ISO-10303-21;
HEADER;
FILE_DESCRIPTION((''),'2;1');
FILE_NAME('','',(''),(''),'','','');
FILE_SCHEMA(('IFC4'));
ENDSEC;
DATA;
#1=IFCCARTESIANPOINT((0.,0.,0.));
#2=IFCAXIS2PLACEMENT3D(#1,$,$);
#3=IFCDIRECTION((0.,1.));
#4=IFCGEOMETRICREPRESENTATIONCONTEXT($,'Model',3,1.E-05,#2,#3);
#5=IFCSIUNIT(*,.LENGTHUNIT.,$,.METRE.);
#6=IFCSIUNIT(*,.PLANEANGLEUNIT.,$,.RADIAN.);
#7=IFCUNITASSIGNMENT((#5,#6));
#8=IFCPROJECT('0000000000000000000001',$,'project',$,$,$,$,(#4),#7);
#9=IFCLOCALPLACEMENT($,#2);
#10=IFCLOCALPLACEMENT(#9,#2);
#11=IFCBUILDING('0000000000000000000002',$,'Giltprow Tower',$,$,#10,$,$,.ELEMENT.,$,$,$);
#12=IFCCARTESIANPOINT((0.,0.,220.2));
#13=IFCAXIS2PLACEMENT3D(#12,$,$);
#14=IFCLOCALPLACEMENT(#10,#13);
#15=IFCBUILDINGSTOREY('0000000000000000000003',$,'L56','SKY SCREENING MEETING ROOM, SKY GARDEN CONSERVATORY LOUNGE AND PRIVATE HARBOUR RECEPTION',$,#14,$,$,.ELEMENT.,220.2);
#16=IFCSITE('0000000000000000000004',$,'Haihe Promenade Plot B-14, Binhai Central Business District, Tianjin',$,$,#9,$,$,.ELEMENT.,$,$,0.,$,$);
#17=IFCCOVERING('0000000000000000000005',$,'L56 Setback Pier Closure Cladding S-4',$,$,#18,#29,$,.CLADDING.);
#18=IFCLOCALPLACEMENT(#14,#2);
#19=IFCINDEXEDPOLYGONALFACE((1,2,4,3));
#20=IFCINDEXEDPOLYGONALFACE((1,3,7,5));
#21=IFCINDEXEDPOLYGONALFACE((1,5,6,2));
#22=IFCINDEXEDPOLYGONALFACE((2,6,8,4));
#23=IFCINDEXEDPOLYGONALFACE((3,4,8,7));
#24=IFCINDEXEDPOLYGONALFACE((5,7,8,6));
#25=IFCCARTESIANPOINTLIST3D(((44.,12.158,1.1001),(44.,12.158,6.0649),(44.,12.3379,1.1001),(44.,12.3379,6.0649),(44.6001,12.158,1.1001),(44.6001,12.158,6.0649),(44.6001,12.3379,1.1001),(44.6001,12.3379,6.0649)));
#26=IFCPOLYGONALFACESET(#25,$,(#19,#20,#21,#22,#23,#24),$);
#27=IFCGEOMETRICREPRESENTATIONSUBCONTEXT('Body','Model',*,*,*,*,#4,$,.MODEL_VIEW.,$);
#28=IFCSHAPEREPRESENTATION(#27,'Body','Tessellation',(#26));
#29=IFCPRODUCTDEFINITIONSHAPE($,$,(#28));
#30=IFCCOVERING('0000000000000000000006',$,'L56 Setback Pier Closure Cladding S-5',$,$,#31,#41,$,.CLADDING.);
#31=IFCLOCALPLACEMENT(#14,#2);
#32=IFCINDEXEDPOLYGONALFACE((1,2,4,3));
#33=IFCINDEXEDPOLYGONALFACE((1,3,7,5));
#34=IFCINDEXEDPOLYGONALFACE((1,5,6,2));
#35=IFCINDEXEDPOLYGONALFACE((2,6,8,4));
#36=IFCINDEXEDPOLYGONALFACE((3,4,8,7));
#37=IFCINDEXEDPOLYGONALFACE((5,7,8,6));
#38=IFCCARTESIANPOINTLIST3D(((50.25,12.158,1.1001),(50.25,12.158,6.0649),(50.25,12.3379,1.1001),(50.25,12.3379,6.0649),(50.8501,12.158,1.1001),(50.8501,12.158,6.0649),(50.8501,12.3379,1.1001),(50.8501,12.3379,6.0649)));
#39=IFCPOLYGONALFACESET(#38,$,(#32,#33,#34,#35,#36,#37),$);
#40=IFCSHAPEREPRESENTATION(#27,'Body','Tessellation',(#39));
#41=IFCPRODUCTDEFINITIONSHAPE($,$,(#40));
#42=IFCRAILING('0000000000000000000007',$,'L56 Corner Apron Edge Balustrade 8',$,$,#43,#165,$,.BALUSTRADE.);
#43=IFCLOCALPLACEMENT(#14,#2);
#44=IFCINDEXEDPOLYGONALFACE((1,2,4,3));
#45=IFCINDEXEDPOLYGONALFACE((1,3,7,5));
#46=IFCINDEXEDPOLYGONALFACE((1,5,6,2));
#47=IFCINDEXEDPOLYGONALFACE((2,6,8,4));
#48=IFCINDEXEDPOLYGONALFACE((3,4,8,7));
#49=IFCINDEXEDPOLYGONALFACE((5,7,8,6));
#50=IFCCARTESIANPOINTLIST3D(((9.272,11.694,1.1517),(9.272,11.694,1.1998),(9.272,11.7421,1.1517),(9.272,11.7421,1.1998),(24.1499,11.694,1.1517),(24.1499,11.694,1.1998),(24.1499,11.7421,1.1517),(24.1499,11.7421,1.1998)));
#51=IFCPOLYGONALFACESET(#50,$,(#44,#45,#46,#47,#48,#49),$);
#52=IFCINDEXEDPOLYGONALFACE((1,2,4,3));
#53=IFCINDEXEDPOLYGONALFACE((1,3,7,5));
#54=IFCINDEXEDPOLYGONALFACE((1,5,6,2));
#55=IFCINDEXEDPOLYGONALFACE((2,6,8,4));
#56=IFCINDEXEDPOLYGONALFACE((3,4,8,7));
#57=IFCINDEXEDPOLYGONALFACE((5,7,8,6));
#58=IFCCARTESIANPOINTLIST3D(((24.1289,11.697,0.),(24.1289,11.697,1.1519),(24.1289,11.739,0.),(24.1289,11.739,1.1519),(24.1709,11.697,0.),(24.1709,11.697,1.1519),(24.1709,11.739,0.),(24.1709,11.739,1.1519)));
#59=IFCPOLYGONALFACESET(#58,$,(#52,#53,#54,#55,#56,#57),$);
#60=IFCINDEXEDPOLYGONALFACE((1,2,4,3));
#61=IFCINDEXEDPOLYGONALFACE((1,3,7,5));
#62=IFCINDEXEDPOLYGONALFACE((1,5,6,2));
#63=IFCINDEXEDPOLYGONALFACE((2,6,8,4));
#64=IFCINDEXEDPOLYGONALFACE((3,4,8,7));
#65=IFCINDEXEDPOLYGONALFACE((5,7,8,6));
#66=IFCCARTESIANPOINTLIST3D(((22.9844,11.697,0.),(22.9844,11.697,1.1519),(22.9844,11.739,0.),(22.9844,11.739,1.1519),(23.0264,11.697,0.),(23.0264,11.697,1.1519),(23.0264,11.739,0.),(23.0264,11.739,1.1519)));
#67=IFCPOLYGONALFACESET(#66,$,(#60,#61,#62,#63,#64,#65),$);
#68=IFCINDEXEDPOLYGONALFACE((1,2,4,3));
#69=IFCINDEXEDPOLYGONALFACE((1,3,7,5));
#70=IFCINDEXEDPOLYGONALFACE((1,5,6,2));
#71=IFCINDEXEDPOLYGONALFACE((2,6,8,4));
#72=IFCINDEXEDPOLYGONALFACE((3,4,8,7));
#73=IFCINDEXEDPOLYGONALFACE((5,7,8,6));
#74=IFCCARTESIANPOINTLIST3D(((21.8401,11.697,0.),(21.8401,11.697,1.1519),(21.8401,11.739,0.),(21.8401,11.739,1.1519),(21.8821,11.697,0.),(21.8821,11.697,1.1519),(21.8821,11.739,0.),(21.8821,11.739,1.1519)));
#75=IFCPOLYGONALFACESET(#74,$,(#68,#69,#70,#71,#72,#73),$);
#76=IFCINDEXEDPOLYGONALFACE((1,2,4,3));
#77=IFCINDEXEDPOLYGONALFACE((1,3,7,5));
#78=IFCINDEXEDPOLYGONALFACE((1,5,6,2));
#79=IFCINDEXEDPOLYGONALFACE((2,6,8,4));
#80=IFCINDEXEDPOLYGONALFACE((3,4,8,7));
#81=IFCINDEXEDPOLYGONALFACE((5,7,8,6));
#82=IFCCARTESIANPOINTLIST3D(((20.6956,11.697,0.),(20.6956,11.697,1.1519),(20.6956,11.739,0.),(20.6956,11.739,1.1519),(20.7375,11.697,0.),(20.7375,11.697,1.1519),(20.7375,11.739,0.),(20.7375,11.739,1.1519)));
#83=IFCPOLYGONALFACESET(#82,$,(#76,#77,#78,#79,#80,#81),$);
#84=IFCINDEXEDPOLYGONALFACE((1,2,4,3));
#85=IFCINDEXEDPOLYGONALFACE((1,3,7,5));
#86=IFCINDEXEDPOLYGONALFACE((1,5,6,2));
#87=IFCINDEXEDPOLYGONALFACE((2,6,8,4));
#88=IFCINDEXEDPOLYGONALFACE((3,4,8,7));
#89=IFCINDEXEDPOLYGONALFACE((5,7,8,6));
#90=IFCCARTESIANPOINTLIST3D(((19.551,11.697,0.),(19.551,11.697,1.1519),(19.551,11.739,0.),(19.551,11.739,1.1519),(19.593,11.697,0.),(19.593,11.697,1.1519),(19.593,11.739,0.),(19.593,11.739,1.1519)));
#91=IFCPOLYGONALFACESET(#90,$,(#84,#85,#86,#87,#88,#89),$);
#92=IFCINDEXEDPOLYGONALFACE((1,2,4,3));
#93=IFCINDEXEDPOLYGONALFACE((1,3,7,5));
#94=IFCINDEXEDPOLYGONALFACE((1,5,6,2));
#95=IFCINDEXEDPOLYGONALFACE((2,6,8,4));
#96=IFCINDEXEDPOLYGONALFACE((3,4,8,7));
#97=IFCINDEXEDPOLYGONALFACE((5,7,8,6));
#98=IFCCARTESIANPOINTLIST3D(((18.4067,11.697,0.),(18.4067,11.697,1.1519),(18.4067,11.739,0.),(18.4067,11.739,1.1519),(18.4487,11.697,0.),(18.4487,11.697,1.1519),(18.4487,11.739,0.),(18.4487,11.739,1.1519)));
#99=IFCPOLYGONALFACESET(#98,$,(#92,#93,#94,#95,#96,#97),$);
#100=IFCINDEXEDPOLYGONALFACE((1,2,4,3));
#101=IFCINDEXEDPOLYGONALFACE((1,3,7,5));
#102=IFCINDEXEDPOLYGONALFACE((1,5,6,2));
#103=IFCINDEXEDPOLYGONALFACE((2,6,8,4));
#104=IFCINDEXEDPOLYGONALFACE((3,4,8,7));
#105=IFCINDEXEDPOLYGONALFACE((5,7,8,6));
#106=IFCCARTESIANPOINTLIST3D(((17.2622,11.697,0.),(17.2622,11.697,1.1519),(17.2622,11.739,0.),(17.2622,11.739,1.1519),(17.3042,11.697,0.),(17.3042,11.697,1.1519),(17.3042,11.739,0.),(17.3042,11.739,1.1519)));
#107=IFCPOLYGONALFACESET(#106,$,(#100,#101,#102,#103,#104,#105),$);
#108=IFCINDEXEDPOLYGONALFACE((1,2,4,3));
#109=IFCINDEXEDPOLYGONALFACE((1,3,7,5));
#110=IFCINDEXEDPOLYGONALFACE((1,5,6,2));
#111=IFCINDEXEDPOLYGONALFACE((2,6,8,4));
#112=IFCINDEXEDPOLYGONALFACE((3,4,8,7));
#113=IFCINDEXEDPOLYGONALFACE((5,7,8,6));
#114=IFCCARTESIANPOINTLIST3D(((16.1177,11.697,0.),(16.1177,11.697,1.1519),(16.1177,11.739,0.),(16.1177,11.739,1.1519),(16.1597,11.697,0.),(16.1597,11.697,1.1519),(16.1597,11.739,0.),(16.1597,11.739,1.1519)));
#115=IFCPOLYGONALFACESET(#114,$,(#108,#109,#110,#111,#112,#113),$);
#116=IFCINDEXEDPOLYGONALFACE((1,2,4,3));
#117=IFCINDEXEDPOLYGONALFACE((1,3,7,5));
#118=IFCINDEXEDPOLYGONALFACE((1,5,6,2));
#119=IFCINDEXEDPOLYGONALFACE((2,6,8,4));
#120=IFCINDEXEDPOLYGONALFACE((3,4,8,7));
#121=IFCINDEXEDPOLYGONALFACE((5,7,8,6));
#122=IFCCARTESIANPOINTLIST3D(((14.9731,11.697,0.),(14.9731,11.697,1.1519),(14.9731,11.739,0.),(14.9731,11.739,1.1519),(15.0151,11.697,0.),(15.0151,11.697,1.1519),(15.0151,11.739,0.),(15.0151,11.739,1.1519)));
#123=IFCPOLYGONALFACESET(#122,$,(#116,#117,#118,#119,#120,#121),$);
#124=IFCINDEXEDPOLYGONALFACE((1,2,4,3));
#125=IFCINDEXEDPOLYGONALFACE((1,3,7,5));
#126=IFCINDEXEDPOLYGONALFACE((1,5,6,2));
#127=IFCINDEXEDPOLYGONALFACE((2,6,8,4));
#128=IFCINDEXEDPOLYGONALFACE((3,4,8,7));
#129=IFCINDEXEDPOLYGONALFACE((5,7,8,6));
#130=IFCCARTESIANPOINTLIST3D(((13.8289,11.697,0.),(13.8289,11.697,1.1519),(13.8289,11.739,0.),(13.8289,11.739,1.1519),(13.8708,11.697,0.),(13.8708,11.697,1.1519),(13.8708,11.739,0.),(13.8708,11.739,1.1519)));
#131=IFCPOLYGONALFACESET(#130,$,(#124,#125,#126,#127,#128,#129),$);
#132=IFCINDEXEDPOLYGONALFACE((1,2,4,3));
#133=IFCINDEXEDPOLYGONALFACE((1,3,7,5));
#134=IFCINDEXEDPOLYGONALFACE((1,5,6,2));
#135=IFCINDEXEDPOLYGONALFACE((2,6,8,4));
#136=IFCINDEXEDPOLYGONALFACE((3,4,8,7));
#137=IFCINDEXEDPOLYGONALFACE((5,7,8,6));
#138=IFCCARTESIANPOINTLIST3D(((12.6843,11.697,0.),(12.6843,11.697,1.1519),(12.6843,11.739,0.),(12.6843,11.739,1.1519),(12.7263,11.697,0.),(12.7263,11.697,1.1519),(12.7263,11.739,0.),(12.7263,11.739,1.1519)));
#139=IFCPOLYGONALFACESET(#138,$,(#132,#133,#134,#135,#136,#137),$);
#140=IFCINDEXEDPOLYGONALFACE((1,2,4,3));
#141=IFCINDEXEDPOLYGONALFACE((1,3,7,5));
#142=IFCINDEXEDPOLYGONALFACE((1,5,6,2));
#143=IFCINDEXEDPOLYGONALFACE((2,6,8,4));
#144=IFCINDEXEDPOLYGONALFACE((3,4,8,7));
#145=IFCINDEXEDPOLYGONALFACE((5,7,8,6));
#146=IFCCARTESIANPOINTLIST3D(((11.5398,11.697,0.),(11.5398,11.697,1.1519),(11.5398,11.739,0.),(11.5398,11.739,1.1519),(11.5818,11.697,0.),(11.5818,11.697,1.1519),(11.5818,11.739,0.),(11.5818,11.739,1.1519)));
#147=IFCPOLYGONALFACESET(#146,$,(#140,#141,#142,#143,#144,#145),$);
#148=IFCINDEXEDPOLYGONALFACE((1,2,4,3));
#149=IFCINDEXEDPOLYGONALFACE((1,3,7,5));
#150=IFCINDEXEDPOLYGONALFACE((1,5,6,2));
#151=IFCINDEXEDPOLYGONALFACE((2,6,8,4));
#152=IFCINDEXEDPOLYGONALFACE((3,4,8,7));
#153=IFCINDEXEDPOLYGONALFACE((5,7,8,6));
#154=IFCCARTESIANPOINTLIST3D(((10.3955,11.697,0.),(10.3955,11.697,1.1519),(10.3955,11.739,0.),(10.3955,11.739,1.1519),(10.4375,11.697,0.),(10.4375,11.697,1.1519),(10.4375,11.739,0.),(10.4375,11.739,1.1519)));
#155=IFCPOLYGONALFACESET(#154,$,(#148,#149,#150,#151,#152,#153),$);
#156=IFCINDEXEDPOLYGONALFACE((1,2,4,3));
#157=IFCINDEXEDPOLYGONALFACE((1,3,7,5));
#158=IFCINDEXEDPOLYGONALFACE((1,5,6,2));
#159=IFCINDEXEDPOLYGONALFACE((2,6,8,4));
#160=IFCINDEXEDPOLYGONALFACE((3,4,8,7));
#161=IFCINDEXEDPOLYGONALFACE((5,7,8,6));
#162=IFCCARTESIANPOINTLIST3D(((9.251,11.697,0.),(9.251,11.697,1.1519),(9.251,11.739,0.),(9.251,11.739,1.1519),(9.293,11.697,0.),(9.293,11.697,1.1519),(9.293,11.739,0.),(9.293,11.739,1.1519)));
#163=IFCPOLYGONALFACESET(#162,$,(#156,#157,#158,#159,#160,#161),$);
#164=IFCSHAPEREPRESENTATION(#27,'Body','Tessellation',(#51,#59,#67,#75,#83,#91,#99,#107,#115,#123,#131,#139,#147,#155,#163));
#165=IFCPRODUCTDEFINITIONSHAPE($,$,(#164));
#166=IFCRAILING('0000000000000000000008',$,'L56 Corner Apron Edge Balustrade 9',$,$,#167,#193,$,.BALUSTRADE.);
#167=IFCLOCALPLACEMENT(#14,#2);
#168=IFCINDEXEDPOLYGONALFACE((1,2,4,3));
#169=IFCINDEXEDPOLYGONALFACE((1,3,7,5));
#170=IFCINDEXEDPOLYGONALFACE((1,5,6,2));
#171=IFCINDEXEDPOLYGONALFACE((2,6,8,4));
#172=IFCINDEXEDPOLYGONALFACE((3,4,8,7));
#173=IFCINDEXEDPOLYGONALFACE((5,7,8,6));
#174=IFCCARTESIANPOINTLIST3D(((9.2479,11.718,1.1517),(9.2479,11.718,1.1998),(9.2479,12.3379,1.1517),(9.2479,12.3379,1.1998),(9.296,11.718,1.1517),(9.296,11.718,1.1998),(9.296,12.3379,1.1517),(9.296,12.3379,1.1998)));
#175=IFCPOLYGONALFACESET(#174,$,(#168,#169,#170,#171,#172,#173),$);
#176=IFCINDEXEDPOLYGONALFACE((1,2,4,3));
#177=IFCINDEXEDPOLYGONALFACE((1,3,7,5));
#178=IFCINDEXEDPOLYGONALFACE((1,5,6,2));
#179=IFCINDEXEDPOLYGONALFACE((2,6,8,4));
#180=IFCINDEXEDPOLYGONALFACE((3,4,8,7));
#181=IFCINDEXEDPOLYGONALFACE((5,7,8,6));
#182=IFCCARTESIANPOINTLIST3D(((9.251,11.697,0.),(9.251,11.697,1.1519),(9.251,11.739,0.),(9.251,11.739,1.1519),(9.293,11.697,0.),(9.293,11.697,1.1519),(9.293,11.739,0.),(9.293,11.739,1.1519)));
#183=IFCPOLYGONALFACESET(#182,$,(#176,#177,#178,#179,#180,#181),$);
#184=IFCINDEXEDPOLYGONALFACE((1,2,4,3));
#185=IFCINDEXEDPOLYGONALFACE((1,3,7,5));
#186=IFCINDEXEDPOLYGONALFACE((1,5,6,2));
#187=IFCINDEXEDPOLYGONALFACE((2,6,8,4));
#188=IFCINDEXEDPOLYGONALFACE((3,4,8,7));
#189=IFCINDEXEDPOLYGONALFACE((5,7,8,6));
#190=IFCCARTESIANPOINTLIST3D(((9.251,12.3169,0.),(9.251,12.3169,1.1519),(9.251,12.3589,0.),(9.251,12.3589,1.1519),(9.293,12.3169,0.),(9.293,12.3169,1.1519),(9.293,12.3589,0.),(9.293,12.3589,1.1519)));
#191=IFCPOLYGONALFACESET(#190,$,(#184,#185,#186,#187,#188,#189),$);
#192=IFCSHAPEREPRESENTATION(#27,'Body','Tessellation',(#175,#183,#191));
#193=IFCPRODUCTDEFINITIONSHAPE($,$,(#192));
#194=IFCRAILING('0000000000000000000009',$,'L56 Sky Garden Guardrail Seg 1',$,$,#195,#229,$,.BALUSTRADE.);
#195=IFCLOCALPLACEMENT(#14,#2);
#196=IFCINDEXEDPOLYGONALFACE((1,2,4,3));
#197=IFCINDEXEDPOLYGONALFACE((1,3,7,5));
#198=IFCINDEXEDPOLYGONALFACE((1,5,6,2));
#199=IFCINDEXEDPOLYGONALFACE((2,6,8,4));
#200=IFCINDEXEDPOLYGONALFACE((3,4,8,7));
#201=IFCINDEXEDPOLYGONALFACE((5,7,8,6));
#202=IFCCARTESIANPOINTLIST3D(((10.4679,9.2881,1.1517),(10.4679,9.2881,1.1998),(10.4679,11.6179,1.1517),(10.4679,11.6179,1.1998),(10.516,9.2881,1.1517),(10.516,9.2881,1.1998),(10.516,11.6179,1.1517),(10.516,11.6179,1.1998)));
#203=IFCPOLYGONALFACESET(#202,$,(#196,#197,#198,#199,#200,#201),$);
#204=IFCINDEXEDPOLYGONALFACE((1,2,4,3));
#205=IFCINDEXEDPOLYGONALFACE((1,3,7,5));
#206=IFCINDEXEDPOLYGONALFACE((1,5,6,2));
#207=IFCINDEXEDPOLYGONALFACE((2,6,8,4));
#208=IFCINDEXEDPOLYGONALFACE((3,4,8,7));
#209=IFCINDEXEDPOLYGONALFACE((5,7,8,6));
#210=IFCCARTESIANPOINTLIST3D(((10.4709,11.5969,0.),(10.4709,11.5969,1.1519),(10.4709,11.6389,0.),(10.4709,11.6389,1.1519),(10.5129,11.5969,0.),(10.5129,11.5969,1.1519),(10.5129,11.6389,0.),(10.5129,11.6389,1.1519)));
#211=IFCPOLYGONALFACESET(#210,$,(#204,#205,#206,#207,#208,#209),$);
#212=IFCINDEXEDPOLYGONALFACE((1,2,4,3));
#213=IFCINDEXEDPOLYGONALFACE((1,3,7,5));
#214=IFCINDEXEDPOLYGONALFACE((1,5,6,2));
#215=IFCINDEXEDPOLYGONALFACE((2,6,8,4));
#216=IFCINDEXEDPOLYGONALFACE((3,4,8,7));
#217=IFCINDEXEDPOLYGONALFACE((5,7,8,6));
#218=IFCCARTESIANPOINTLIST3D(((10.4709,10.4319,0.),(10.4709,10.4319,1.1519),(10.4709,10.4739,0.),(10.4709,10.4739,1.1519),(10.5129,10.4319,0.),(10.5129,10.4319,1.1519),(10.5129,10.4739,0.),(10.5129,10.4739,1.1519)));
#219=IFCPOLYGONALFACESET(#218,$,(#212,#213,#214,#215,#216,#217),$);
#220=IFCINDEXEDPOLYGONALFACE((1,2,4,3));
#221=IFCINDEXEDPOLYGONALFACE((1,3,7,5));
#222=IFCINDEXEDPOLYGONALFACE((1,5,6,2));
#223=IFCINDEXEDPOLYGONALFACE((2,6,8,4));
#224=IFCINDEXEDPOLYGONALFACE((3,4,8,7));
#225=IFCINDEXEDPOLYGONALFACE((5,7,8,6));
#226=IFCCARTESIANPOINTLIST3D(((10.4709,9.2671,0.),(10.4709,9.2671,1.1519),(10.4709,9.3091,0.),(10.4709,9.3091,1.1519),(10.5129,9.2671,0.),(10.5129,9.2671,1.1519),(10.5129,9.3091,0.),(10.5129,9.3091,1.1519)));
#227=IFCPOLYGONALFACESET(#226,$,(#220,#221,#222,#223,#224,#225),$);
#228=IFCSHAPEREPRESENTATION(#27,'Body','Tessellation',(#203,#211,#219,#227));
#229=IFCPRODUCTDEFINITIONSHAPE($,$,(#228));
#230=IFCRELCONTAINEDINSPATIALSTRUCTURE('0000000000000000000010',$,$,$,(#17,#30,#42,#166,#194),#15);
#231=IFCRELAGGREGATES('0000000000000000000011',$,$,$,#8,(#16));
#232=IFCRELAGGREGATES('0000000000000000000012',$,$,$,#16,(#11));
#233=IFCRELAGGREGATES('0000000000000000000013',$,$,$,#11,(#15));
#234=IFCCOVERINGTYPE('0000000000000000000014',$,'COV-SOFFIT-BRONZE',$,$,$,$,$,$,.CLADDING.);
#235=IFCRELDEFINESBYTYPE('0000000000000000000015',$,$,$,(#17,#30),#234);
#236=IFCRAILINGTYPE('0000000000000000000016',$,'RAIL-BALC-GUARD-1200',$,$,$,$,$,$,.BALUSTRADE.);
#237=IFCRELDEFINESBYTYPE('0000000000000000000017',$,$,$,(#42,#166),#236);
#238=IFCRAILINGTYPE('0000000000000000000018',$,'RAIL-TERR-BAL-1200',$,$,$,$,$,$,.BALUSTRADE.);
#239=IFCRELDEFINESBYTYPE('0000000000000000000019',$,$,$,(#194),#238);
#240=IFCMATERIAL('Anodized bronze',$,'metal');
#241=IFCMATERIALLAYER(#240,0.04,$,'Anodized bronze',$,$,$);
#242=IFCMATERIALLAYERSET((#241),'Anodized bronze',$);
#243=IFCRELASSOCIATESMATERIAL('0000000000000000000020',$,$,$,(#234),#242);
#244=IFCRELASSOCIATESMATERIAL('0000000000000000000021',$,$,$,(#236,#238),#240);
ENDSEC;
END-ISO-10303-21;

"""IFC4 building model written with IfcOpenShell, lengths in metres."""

from ifc_helpers import new_model, si_unit, direction, frame, origin, origin_2d, place, context, subcontext, project, spatial, polyline, rectangle, outline, extrude, material, layer, layer_set, type_object, element, save


model = new_model("IFC4")

# Units and contexts
model_context = context("Model", 3, precision=1e-05, world=origin(), true_north=direction((0.0, 1.0)))
body_context = subcontext(model_context, "Body", "Model", "MODEL_VIEW")
ifc_project = project(units=[si_unit("LENGTHUNIT", "METRE"), si_unit("PLANEANGLEUNIT", "RADIAN")], contexts=[model_context])

# Site, building, storey
site_placement = place(None, origin())
site = spatial("IfcSite", under=ifc_project, at=site_placement, Name="Haihe Promenade Plot B-14, Binhai Central Business District, Tianjin", CompositionType="ELEMENT", RefElevation=0.0)
building_placement = place(site_placement, origin())
building = spatial("IfcBuilding", under=site, at=building_placement, Name="Giltprow Tower", CompositionType="ELEMENT")
storey_placement = place(building_placement, frame((0.0, 0.0, 220.2)))
storey = spatial("IfcBuildingStorey", under=building, at=storey_placement, Name="L56", Description="SKY SCREENING MEETING ROOM, SKY GARDEN CONSERVATORY LOUNGE AND PRIVATE HARBOUR RECEPTION", CompositionType="ELEMENT", Elevation=220.2)

# Shared definitions
ifc_material_1 = material(Name="Anodized bronze", Category="metal")

# Coverings
ifc_layer_1 = layer(ifc_material_1, 0.04, Name="Anodized bronze")
ifc_layer_set_1 = layer_set([ifc_layer_1], Name="Anodized bronze")
covering_type = type_object("IfcCoveringType", Name="COV-SOFFIT-BRONZE", PredefinedType="CLADDING", material=ifc_layer_set_1)
covering_1_placement = place(storey_placement, frame((0.0, 0.0, 1.1001)))
element("IfcCovering", 1, at=covering_1_placement, inside=storey, type_object=covering_type, Name="L56 Setback Pier Closure Cladding S-4", PredefinedType="CLADDING", context=body_context, shape_type="SweptSolid", body=[
    extrude(outline(polyline([(44.0, 12.158), (44.6001, 12.158), (44.6001, 12.3379), (44.0, 12.3379), (44.0, 12.158)])), origin(), (0.0, 0.0, 1.0), 4.9648),
])
covering_2_placement = place(storey_placement, frame((0.0, 0.0, 1.1001)))
element("IfcCovering", 2, at=covering_2_placement, inside=storey, type_object=covering_type, Name="L56 Setback Pier Closure Cladding S-5", PredefinedType="CLADDING", context=body_context, shape_type="SweptSolid", body=[
    extrude(outline(polyline([(50.25, 12.158), (50.8501, 12.158), (50.8501, 12.3379), (50.25, 12.3379), (50.25, 12.158)])), origin(), (0.0, 0.0, 1.0), 4.9648),
])

# Railings
railing_type_1 = type_object("IfcRailingType", Name="RAIL-BALC-GUARD-1200", PredefinedType="BALUSTRADE", material=ifc_material_1)
railing_1_placement = place(storey_placement, frame((24.1499, 11.718, 0.0)))
element("IfcRailing", 3, at=railing_1_placement, inside=storey, type_object=railing_type_1, Name="L56 Corner Apron Edge Balustrade 8", PredefinedType="BALUSTRADE", context=body_context, shape_type="SweptSolid", body=[
    extrude(rectangle(XDim=0.0481, YDim=0.0481, at=origin_2d()), frame((0.0, 0.0, 1.1758), z_axis=(-1.0, 0.0, 0.0), x_axis=(0.0, -1.0, 0.0)), (0.0, 0.0, 1.0), 14.8779),
    extrude(rectangle(XDim=0.042, YDim=0.042, at=origin_2d()), origin(), (0.0, 0.0, 1.0), 1.1519),
    extrude(rectangle(XDim=0.042, YDim=0.042, at=origin_2d()), frame((-1.1445, 0.0, 0.0)), (0.0, 0.0, 1.0), 1.1519),
    extrude(rectangle(XDim=0.042, YDim=0.042, at=origin_2d()), frame((-2.2888, 0.0, 0.0)), (0.0, 0.0, 1.0), 1.1519),
    extrude(rectangle(XDim=0.042, YDim=0.042, at=origin_2d()), frame((-3.4333, 0.0, 0.0)), (0.0, 0.0, 1.0), 1.1519),
    extrude(rectangle(XDim=0.042, YDim=0.042, at=origin_2d()), frame((-4.5779, 0.0, 0.0)), (0.0, 0.0, 1.0), 1.1519),
    extrude(rectangle(XDim=0.042, YDim=0.042, at=origin_2d()), frame((-5.7222, 0.0, 0.0)), (0.0, 0.0, 1.0), 1.1519),
    extrude(rectangle(XDim=0.042, YDim=0.042, at=origin_2d()), frame((-6.8667, 0.0, 0.0)), (0.0, 0.0, 1.0), 1.1519),
    extrude(rectangle(XDim=0.042, YDim=0.042, at=origin_2d()), frame((-8.0112, 0.0, 0.0)), (0.0, 0.0, 1.0), 1.1519),
    extrude(rectangle(XDim=0.042, YDim=0.042, at=origin_2d()), frame((-9.1558, 0.0, 0.0)), (0.0, 0.0, 1.0), 1.1519),
    extrude(rectangle(XDim=0.042, YDim=0.042, at=origin_2d()), frame((-10.3, 0.0, 0.0)), (0.0, 0.0, 1.0), 1.1519),
    extrude(rectangle(XDim=0.042, YDim=0.042, at=origin_2d()), frame((-11.4446, 0.0, 0.0)), (0.0, 0.0, 1.0), 1.1519),
    extrude(rectangle(XDim=0.042, YDim=0.042, at=origin_2d()), frame((-12.5891, 0.0, 0.0)), (0.0, 0.0, 1.0), 1.1519),
    extrude(rectangle(XDim=0.042, YDim=0.042, at=origin_2d()), frame((-13.7334, 0.0, 0.0)), (0.0, 0.0, 1.0), 1.1519),
    extrude(rectangle(XDim=0.042, YDim=0.042, at=origin_2d()), frame((-14.8779, 0.0, 0.0)), (0.0, 0.0, 1.0), 1.1519),
])
railing_2_placement = place(storey_placement, frame((9.272, 11.718, 0.0)))
element("IfcRailing", 4, at=railing_2_placement, inside=storey, type_object=railing_type_1, Name="L56 Corner Apron Edge Balustrade 9", PredefinedType="BALUSTRADE", context=body_context, shape_type="SweptSolid", body=[
    extrude(rectangle(XDim=0.0481, YDim=0.0481, at=origin_2d()), frame((0.0, 0.0, 1.1758), z_axis=(0.0, 1.0, 0.0), x_axis=(-1.0, 0.0, 0.0)), (0.0, 0.0, 1.0), 0.6199),
    extrude(rectangle(XDim=0.042, YDim=0.042, at=origin_2d()), origin(), (0.0, 0.0, 1.0), 1.1519),
    extrude(rectangle(XDim=0.042, YDim=0.042, at=origin_2d()), frame((0.0, 0.6199, 0.0)), (0.0, 0.0, 1.0), 1.1519),
])
railing_type_2 = type_object("IfcRailingType", Name="RAIL-TERR-BAL-1200", PredefinedType="BALUSTRADE", material=ifc_material_1)
railing_3_placement = place(storey_placement, frame((10.4919, 11.6179, 0.0)))
element("IfcRailing", 5, at=railing_3_placement, inside=storey, type_object=railing_type_2, Name="L56 Sky Garden Guardrail Seg 1", PredefinedType="BALUSTRADE", context=body_context, shape_type="SweptSolid", body=[
    extrude(rectangle(XDim=0.0481, YDim=0.0481, at=origin_2d()), frame((0.0, 0.0, 1.1758), z_axis=(0.0, -1.0, 0.0), x_axis=(1.0, 0.0, 0.0)), (0.0, 0.0, 1.0), 2.3298),
    extrude(rectangle(XDim=0.042, YDim=0.042, at=origin_2d()), origin(), (0.0, 0.0, 1.0), 1.1519),
    extrude(rectangle(XDim=0.042, YDim=0.042, at=origin_2d()), frame((0.0, -1.165, 0.0)), (0.0, 0.0, 1.0), 1.1519),
    extrude(rectangle(XDim=0.042, YDim=0.042, at=origin_2d()), frame((0.0, -2.3298, 0.0)), (0.0, 0.0, 1.0), 1.1519),
])

save(model, "model.ifc")
